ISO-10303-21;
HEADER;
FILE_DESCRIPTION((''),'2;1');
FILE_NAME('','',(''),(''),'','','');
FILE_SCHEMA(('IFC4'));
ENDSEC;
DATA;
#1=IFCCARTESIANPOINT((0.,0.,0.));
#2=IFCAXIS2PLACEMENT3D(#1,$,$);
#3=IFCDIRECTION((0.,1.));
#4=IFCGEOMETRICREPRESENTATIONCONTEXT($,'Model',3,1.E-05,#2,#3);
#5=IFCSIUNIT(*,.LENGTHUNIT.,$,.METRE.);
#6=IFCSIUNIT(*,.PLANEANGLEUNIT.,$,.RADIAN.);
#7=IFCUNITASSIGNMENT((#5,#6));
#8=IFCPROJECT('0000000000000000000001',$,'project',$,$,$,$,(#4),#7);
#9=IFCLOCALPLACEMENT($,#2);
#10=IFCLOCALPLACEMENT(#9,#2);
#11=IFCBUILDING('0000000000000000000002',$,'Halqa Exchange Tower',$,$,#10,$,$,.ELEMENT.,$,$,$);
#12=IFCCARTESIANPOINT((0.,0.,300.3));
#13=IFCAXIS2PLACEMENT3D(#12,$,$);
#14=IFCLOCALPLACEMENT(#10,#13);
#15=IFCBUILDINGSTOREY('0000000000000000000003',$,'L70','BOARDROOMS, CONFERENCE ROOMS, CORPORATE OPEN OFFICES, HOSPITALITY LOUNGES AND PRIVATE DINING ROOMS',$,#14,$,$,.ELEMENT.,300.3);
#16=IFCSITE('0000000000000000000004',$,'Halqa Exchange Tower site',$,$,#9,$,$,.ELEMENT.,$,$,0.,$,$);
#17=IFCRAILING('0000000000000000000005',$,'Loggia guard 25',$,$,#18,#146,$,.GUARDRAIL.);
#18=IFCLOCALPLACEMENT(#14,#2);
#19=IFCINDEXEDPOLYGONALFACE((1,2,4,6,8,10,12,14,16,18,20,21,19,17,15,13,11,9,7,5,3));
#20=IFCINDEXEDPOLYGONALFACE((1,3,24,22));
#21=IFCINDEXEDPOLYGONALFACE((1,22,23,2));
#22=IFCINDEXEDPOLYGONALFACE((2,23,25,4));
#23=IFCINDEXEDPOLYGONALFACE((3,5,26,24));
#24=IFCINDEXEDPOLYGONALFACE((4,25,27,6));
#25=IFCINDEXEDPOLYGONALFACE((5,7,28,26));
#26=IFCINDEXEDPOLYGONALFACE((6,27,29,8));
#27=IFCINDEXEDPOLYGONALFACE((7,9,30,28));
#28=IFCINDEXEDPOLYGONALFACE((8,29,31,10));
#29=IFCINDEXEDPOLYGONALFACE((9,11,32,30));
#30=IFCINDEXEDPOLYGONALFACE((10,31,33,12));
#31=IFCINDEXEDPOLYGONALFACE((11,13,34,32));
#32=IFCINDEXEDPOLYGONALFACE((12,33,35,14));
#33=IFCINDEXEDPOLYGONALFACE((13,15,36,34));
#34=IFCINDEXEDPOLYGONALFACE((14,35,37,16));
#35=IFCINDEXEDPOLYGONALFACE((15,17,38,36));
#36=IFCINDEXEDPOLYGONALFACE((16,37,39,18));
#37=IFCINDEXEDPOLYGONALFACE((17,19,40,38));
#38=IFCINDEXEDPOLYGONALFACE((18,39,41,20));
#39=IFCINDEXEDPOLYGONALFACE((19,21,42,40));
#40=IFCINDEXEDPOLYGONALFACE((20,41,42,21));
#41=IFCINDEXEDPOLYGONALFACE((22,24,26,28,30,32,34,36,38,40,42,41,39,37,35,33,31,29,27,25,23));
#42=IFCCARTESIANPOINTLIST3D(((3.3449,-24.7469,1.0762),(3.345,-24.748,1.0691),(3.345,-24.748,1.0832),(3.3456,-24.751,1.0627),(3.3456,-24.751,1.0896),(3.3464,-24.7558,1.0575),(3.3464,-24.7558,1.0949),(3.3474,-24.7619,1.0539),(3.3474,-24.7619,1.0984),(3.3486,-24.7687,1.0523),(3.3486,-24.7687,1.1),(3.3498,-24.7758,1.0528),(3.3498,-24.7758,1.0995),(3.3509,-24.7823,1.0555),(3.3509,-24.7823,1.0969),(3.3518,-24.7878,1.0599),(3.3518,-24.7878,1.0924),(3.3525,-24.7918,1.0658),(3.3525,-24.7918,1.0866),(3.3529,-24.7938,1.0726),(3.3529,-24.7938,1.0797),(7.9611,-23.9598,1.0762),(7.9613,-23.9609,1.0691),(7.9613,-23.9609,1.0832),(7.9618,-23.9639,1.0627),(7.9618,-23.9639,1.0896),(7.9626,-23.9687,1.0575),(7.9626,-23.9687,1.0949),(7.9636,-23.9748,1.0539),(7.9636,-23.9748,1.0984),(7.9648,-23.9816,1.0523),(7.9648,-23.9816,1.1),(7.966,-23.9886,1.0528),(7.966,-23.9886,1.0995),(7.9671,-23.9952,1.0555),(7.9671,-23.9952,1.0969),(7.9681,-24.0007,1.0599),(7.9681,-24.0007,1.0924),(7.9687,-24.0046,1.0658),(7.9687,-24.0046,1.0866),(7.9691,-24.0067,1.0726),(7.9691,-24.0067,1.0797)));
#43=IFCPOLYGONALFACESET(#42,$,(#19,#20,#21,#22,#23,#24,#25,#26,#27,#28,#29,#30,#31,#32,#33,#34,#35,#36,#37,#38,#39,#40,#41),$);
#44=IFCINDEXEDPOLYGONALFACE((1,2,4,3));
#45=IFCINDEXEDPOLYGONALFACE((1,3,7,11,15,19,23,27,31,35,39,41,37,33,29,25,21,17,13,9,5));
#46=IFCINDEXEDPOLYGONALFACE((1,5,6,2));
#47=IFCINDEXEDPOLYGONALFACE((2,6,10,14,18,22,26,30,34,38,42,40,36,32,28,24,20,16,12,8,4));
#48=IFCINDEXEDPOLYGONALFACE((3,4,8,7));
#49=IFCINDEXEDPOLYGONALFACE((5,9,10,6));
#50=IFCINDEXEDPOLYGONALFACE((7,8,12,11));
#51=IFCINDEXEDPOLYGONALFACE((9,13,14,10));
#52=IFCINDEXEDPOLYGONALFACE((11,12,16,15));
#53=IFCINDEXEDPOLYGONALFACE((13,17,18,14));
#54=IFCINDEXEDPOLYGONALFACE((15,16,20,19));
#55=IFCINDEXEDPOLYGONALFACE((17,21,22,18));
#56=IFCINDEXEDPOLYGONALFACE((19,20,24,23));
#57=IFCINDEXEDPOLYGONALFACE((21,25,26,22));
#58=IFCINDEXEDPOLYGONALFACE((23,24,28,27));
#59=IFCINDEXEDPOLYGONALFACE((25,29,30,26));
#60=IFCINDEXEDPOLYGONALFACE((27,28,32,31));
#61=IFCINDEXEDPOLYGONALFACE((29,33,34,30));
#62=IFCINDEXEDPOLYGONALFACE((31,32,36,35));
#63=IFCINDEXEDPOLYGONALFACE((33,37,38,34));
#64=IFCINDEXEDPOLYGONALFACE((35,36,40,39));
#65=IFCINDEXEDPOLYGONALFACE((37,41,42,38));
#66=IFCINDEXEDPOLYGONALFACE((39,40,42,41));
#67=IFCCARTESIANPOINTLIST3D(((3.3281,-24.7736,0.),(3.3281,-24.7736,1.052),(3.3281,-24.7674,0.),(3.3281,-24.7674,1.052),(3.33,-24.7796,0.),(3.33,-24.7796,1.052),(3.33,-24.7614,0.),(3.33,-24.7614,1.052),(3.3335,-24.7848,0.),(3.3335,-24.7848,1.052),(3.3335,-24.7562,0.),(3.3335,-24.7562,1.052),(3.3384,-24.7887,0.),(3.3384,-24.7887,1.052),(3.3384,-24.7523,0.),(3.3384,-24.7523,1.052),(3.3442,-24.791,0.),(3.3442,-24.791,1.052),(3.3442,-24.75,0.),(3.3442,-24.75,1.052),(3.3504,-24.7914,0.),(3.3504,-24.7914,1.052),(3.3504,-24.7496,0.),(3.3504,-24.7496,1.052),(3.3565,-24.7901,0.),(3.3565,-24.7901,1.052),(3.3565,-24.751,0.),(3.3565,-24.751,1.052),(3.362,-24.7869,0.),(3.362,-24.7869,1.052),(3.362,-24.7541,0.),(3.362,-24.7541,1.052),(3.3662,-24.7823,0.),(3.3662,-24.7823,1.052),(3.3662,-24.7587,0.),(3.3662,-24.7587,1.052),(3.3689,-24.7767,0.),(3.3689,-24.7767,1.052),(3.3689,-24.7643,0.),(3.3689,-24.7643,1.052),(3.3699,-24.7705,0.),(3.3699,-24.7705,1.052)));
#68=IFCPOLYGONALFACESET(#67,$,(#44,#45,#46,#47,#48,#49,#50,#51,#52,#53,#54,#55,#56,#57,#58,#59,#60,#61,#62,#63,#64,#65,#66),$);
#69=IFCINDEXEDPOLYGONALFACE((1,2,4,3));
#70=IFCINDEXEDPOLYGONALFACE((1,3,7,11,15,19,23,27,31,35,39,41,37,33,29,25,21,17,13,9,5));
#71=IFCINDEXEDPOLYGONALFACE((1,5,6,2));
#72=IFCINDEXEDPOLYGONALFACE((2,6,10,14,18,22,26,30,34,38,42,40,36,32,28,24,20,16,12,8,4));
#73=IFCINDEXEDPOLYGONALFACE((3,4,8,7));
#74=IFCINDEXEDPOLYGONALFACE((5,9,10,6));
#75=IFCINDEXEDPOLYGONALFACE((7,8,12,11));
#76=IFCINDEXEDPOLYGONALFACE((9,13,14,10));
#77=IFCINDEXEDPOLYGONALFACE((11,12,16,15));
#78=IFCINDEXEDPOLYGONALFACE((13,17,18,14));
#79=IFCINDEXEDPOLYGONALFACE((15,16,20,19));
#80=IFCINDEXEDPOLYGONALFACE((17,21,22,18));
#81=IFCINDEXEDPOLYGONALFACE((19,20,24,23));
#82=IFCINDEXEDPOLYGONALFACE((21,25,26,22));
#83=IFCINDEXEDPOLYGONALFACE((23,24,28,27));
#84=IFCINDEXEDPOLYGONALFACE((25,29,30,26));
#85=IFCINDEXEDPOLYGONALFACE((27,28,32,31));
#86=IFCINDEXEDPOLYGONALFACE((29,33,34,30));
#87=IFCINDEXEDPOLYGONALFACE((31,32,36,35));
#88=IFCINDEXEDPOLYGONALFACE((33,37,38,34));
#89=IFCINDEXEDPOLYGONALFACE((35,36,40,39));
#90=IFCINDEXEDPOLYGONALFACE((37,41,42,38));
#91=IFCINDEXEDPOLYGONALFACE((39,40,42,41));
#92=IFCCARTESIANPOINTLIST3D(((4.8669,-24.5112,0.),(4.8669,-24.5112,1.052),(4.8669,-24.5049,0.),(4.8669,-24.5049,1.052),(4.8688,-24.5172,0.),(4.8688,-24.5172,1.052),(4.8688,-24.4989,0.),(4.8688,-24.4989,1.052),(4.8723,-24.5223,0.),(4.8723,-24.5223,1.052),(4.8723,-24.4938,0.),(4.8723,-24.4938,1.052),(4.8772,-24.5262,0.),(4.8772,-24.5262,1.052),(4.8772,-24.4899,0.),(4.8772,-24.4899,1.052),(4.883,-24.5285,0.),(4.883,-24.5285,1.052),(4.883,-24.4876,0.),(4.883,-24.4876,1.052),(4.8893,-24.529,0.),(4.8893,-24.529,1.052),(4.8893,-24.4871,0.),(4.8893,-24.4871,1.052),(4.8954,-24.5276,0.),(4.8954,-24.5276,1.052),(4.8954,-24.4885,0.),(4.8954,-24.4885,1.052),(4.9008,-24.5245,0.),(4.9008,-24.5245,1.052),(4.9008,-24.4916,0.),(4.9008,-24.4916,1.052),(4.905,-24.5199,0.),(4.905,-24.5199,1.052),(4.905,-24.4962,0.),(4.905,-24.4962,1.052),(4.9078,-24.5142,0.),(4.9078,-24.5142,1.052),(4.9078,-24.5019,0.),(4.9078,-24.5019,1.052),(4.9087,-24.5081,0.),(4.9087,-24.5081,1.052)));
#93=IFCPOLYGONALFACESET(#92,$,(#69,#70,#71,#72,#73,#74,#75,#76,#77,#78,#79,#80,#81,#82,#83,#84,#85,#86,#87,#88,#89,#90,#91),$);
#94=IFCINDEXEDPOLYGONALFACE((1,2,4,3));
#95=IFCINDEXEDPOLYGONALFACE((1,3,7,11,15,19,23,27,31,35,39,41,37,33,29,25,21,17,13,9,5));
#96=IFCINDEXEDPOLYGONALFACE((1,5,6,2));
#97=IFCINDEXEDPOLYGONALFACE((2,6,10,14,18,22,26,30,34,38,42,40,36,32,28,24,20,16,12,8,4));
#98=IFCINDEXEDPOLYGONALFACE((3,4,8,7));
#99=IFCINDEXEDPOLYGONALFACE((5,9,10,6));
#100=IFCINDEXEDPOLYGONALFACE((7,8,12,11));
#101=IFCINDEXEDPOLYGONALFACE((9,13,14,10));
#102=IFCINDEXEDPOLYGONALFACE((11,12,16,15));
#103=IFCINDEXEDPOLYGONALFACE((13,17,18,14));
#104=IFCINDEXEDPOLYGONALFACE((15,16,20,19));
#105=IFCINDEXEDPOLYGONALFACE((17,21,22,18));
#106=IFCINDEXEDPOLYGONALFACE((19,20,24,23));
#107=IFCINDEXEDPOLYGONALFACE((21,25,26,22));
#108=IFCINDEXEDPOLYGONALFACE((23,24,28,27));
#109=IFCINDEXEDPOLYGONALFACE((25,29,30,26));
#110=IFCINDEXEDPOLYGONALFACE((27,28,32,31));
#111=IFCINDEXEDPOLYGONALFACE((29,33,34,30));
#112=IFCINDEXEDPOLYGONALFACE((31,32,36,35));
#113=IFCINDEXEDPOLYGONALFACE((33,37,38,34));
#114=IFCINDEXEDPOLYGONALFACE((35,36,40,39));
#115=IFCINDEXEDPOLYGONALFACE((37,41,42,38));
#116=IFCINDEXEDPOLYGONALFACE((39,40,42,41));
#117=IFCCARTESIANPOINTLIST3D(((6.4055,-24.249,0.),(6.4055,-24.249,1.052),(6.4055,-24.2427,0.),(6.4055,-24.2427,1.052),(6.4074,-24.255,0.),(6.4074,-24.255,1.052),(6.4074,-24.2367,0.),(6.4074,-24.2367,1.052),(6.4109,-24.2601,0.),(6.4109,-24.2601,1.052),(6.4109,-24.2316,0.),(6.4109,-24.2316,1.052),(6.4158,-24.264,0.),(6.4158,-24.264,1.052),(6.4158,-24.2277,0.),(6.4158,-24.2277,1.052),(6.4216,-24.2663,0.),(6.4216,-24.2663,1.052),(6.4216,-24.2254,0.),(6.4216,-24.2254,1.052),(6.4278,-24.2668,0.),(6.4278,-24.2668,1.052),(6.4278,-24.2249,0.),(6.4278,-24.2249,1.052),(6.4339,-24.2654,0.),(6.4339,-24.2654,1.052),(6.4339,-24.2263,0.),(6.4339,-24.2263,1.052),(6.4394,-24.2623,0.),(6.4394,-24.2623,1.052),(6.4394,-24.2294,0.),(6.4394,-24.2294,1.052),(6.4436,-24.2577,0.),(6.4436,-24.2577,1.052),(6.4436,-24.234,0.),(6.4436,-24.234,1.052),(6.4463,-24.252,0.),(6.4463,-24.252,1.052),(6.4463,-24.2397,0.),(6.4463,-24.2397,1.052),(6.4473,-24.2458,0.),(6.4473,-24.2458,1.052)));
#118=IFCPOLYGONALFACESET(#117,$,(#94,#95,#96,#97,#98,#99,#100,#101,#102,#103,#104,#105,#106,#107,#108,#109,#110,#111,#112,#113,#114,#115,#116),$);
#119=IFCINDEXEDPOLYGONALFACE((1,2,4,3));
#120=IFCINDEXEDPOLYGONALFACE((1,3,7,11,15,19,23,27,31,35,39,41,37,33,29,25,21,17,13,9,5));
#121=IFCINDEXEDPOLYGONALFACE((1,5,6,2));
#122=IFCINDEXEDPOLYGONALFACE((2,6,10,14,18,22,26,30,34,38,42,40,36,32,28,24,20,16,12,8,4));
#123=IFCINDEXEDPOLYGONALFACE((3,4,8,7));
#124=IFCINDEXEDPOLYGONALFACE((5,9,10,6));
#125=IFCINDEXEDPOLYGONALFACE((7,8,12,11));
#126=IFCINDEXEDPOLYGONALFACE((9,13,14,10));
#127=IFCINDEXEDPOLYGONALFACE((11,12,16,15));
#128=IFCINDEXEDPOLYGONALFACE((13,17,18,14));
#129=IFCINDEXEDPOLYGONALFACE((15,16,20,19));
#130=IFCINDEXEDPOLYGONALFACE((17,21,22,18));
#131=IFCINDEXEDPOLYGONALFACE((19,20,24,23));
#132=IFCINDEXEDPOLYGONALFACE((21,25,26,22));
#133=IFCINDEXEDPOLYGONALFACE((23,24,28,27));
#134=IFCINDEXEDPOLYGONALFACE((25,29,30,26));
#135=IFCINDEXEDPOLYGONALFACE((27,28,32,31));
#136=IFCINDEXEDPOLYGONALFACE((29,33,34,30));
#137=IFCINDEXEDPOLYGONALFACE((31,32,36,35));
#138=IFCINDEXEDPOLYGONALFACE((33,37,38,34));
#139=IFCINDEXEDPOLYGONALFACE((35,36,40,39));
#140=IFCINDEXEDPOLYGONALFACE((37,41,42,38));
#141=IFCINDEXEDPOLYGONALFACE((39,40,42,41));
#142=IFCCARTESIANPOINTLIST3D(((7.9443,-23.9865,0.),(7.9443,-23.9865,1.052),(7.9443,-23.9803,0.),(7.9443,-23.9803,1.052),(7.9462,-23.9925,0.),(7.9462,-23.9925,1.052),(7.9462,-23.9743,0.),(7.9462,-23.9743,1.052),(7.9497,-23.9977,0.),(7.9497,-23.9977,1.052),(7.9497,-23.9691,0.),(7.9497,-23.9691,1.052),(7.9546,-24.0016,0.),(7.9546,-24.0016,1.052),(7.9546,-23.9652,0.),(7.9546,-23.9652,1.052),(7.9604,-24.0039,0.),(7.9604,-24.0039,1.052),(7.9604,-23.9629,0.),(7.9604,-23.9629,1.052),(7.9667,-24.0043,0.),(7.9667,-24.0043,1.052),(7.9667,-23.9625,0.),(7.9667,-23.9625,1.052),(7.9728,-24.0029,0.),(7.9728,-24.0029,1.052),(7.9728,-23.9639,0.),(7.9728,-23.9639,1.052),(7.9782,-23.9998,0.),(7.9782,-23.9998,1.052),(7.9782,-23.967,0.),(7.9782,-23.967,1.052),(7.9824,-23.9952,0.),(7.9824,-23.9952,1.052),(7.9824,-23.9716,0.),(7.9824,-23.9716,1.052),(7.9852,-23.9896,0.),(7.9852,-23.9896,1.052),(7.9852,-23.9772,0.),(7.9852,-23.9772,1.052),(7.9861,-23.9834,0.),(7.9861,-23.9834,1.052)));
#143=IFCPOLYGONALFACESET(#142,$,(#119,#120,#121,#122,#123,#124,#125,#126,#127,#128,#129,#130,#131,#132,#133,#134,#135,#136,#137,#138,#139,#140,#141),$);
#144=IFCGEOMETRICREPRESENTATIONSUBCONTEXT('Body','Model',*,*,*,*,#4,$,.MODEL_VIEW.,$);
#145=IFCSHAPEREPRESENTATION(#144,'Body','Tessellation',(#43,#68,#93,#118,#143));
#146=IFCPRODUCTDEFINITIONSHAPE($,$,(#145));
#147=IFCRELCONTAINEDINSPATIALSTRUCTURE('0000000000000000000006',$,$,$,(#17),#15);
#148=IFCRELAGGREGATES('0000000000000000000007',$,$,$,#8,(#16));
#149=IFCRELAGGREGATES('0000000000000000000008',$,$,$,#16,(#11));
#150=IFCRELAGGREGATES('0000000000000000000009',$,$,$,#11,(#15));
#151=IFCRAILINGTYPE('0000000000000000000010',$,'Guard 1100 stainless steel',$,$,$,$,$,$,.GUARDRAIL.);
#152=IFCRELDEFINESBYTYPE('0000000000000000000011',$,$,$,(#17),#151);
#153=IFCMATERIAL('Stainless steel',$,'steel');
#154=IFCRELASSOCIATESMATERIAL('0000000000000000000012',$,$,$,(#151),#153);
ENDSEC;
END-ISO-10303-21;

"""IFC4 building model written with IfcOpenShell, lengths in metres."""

from ifc_helpers import new_model, si_unit, direction, frame, origin, origin_2d, place, context, subcontext, project, spatial, circle, extrude, material, type_object, element, save


model = new_model("IFC4")

# Units and contexts
model_context = context("Model", 3, precision=1e-05, world=origin(), true_north=direction((0.0, 1.0)))
body_context = subcontext(model_context, "Body", "Model", "MODEL_VIEW")
ifc_project = project(units=[si_unit("LENGTHUNIT", "METRE"), si_unit("PLANEANGLEUNIT", "RADIAN")], contexts=[model_context])

# Site, building, storey
site_placement = place(None, origin())
site = spatial("IfcSite", under=ifc_project, at=site_placement, Name="Halqa Exchange Tower site", CompositionType="ELEMENT", RefElevation=0.0)
building_placement = place(site_placement, origin())
building = spatial("IfcBuilding", under=site, at=building_placement, Name="Halqa Exchange Tower", CompositionType="ELEMENT")
storey_placement = place(building_placement, frame((0.0, 0.0, 300.3)))
storey = spatial("IfcBuildingStorey", under=building, at=storey_placement, Name="L70", Description="BOARDROOMS, CONFERENCE ROOMS, CORPORATE OPEN OFFICES, HOSPITALITY LOUNGES AND PRIVATE DINING ROOMS", CompositionType="ELEMENT", Elevation=300.3)

# Railing
ifc_material_1 = material(Name="Stainless steel", Category="steel")
railing_type_1 = type_object("IfcRailingType", Name="Guard 1100 stainless steel", PredefinedType="GUARDRAIL", material=ifc_material_1)
railing_1_placement = place(storey_placement, frame((3.3489, -24.7705, 0.0)))
element("IfcRailing", 1, at=railing_1_placement, inside=storey, type_object=railing_type_1, Name="Loggia guard 25", PredefinedType="GUARDRAIL", context=body_context, shape_type="SweptSolid", body=[
    extrude(circle(Radius=0.0239, at=origin_2d()), frame((0.0, 0.0, 1.0762), z_axis=(0.985773, 0.168084, 0.0), x_axis=(-0.168084, 0.985773, 0.0)), (0.0, 0.0, 1.0), 4.6829),
    extrude(circle(Radius=0.021, at=origin_2d()), origin(), (0.0, 0.0, 1.0), 1.052),
    extrude(circle(Radius=0.021, at=origin_2d()), frame((1.5388, 0.2625, 0.0)), (0.0, 0.0, 1.0), 1.052),
    extrude(circle(Radius=0.021, at=origin_2d()), frame((3.0774, 0.5247, 0.0)), (0.0, 0.0, 1.0), 1.052),
    extrude(circle(Radius=0.021, at=origin_2d()), frame((4.6162, 0.7871, 0.0)), (0.0, 0.0, 1.0), 1.052),
])

save(model, "model.ifc")
